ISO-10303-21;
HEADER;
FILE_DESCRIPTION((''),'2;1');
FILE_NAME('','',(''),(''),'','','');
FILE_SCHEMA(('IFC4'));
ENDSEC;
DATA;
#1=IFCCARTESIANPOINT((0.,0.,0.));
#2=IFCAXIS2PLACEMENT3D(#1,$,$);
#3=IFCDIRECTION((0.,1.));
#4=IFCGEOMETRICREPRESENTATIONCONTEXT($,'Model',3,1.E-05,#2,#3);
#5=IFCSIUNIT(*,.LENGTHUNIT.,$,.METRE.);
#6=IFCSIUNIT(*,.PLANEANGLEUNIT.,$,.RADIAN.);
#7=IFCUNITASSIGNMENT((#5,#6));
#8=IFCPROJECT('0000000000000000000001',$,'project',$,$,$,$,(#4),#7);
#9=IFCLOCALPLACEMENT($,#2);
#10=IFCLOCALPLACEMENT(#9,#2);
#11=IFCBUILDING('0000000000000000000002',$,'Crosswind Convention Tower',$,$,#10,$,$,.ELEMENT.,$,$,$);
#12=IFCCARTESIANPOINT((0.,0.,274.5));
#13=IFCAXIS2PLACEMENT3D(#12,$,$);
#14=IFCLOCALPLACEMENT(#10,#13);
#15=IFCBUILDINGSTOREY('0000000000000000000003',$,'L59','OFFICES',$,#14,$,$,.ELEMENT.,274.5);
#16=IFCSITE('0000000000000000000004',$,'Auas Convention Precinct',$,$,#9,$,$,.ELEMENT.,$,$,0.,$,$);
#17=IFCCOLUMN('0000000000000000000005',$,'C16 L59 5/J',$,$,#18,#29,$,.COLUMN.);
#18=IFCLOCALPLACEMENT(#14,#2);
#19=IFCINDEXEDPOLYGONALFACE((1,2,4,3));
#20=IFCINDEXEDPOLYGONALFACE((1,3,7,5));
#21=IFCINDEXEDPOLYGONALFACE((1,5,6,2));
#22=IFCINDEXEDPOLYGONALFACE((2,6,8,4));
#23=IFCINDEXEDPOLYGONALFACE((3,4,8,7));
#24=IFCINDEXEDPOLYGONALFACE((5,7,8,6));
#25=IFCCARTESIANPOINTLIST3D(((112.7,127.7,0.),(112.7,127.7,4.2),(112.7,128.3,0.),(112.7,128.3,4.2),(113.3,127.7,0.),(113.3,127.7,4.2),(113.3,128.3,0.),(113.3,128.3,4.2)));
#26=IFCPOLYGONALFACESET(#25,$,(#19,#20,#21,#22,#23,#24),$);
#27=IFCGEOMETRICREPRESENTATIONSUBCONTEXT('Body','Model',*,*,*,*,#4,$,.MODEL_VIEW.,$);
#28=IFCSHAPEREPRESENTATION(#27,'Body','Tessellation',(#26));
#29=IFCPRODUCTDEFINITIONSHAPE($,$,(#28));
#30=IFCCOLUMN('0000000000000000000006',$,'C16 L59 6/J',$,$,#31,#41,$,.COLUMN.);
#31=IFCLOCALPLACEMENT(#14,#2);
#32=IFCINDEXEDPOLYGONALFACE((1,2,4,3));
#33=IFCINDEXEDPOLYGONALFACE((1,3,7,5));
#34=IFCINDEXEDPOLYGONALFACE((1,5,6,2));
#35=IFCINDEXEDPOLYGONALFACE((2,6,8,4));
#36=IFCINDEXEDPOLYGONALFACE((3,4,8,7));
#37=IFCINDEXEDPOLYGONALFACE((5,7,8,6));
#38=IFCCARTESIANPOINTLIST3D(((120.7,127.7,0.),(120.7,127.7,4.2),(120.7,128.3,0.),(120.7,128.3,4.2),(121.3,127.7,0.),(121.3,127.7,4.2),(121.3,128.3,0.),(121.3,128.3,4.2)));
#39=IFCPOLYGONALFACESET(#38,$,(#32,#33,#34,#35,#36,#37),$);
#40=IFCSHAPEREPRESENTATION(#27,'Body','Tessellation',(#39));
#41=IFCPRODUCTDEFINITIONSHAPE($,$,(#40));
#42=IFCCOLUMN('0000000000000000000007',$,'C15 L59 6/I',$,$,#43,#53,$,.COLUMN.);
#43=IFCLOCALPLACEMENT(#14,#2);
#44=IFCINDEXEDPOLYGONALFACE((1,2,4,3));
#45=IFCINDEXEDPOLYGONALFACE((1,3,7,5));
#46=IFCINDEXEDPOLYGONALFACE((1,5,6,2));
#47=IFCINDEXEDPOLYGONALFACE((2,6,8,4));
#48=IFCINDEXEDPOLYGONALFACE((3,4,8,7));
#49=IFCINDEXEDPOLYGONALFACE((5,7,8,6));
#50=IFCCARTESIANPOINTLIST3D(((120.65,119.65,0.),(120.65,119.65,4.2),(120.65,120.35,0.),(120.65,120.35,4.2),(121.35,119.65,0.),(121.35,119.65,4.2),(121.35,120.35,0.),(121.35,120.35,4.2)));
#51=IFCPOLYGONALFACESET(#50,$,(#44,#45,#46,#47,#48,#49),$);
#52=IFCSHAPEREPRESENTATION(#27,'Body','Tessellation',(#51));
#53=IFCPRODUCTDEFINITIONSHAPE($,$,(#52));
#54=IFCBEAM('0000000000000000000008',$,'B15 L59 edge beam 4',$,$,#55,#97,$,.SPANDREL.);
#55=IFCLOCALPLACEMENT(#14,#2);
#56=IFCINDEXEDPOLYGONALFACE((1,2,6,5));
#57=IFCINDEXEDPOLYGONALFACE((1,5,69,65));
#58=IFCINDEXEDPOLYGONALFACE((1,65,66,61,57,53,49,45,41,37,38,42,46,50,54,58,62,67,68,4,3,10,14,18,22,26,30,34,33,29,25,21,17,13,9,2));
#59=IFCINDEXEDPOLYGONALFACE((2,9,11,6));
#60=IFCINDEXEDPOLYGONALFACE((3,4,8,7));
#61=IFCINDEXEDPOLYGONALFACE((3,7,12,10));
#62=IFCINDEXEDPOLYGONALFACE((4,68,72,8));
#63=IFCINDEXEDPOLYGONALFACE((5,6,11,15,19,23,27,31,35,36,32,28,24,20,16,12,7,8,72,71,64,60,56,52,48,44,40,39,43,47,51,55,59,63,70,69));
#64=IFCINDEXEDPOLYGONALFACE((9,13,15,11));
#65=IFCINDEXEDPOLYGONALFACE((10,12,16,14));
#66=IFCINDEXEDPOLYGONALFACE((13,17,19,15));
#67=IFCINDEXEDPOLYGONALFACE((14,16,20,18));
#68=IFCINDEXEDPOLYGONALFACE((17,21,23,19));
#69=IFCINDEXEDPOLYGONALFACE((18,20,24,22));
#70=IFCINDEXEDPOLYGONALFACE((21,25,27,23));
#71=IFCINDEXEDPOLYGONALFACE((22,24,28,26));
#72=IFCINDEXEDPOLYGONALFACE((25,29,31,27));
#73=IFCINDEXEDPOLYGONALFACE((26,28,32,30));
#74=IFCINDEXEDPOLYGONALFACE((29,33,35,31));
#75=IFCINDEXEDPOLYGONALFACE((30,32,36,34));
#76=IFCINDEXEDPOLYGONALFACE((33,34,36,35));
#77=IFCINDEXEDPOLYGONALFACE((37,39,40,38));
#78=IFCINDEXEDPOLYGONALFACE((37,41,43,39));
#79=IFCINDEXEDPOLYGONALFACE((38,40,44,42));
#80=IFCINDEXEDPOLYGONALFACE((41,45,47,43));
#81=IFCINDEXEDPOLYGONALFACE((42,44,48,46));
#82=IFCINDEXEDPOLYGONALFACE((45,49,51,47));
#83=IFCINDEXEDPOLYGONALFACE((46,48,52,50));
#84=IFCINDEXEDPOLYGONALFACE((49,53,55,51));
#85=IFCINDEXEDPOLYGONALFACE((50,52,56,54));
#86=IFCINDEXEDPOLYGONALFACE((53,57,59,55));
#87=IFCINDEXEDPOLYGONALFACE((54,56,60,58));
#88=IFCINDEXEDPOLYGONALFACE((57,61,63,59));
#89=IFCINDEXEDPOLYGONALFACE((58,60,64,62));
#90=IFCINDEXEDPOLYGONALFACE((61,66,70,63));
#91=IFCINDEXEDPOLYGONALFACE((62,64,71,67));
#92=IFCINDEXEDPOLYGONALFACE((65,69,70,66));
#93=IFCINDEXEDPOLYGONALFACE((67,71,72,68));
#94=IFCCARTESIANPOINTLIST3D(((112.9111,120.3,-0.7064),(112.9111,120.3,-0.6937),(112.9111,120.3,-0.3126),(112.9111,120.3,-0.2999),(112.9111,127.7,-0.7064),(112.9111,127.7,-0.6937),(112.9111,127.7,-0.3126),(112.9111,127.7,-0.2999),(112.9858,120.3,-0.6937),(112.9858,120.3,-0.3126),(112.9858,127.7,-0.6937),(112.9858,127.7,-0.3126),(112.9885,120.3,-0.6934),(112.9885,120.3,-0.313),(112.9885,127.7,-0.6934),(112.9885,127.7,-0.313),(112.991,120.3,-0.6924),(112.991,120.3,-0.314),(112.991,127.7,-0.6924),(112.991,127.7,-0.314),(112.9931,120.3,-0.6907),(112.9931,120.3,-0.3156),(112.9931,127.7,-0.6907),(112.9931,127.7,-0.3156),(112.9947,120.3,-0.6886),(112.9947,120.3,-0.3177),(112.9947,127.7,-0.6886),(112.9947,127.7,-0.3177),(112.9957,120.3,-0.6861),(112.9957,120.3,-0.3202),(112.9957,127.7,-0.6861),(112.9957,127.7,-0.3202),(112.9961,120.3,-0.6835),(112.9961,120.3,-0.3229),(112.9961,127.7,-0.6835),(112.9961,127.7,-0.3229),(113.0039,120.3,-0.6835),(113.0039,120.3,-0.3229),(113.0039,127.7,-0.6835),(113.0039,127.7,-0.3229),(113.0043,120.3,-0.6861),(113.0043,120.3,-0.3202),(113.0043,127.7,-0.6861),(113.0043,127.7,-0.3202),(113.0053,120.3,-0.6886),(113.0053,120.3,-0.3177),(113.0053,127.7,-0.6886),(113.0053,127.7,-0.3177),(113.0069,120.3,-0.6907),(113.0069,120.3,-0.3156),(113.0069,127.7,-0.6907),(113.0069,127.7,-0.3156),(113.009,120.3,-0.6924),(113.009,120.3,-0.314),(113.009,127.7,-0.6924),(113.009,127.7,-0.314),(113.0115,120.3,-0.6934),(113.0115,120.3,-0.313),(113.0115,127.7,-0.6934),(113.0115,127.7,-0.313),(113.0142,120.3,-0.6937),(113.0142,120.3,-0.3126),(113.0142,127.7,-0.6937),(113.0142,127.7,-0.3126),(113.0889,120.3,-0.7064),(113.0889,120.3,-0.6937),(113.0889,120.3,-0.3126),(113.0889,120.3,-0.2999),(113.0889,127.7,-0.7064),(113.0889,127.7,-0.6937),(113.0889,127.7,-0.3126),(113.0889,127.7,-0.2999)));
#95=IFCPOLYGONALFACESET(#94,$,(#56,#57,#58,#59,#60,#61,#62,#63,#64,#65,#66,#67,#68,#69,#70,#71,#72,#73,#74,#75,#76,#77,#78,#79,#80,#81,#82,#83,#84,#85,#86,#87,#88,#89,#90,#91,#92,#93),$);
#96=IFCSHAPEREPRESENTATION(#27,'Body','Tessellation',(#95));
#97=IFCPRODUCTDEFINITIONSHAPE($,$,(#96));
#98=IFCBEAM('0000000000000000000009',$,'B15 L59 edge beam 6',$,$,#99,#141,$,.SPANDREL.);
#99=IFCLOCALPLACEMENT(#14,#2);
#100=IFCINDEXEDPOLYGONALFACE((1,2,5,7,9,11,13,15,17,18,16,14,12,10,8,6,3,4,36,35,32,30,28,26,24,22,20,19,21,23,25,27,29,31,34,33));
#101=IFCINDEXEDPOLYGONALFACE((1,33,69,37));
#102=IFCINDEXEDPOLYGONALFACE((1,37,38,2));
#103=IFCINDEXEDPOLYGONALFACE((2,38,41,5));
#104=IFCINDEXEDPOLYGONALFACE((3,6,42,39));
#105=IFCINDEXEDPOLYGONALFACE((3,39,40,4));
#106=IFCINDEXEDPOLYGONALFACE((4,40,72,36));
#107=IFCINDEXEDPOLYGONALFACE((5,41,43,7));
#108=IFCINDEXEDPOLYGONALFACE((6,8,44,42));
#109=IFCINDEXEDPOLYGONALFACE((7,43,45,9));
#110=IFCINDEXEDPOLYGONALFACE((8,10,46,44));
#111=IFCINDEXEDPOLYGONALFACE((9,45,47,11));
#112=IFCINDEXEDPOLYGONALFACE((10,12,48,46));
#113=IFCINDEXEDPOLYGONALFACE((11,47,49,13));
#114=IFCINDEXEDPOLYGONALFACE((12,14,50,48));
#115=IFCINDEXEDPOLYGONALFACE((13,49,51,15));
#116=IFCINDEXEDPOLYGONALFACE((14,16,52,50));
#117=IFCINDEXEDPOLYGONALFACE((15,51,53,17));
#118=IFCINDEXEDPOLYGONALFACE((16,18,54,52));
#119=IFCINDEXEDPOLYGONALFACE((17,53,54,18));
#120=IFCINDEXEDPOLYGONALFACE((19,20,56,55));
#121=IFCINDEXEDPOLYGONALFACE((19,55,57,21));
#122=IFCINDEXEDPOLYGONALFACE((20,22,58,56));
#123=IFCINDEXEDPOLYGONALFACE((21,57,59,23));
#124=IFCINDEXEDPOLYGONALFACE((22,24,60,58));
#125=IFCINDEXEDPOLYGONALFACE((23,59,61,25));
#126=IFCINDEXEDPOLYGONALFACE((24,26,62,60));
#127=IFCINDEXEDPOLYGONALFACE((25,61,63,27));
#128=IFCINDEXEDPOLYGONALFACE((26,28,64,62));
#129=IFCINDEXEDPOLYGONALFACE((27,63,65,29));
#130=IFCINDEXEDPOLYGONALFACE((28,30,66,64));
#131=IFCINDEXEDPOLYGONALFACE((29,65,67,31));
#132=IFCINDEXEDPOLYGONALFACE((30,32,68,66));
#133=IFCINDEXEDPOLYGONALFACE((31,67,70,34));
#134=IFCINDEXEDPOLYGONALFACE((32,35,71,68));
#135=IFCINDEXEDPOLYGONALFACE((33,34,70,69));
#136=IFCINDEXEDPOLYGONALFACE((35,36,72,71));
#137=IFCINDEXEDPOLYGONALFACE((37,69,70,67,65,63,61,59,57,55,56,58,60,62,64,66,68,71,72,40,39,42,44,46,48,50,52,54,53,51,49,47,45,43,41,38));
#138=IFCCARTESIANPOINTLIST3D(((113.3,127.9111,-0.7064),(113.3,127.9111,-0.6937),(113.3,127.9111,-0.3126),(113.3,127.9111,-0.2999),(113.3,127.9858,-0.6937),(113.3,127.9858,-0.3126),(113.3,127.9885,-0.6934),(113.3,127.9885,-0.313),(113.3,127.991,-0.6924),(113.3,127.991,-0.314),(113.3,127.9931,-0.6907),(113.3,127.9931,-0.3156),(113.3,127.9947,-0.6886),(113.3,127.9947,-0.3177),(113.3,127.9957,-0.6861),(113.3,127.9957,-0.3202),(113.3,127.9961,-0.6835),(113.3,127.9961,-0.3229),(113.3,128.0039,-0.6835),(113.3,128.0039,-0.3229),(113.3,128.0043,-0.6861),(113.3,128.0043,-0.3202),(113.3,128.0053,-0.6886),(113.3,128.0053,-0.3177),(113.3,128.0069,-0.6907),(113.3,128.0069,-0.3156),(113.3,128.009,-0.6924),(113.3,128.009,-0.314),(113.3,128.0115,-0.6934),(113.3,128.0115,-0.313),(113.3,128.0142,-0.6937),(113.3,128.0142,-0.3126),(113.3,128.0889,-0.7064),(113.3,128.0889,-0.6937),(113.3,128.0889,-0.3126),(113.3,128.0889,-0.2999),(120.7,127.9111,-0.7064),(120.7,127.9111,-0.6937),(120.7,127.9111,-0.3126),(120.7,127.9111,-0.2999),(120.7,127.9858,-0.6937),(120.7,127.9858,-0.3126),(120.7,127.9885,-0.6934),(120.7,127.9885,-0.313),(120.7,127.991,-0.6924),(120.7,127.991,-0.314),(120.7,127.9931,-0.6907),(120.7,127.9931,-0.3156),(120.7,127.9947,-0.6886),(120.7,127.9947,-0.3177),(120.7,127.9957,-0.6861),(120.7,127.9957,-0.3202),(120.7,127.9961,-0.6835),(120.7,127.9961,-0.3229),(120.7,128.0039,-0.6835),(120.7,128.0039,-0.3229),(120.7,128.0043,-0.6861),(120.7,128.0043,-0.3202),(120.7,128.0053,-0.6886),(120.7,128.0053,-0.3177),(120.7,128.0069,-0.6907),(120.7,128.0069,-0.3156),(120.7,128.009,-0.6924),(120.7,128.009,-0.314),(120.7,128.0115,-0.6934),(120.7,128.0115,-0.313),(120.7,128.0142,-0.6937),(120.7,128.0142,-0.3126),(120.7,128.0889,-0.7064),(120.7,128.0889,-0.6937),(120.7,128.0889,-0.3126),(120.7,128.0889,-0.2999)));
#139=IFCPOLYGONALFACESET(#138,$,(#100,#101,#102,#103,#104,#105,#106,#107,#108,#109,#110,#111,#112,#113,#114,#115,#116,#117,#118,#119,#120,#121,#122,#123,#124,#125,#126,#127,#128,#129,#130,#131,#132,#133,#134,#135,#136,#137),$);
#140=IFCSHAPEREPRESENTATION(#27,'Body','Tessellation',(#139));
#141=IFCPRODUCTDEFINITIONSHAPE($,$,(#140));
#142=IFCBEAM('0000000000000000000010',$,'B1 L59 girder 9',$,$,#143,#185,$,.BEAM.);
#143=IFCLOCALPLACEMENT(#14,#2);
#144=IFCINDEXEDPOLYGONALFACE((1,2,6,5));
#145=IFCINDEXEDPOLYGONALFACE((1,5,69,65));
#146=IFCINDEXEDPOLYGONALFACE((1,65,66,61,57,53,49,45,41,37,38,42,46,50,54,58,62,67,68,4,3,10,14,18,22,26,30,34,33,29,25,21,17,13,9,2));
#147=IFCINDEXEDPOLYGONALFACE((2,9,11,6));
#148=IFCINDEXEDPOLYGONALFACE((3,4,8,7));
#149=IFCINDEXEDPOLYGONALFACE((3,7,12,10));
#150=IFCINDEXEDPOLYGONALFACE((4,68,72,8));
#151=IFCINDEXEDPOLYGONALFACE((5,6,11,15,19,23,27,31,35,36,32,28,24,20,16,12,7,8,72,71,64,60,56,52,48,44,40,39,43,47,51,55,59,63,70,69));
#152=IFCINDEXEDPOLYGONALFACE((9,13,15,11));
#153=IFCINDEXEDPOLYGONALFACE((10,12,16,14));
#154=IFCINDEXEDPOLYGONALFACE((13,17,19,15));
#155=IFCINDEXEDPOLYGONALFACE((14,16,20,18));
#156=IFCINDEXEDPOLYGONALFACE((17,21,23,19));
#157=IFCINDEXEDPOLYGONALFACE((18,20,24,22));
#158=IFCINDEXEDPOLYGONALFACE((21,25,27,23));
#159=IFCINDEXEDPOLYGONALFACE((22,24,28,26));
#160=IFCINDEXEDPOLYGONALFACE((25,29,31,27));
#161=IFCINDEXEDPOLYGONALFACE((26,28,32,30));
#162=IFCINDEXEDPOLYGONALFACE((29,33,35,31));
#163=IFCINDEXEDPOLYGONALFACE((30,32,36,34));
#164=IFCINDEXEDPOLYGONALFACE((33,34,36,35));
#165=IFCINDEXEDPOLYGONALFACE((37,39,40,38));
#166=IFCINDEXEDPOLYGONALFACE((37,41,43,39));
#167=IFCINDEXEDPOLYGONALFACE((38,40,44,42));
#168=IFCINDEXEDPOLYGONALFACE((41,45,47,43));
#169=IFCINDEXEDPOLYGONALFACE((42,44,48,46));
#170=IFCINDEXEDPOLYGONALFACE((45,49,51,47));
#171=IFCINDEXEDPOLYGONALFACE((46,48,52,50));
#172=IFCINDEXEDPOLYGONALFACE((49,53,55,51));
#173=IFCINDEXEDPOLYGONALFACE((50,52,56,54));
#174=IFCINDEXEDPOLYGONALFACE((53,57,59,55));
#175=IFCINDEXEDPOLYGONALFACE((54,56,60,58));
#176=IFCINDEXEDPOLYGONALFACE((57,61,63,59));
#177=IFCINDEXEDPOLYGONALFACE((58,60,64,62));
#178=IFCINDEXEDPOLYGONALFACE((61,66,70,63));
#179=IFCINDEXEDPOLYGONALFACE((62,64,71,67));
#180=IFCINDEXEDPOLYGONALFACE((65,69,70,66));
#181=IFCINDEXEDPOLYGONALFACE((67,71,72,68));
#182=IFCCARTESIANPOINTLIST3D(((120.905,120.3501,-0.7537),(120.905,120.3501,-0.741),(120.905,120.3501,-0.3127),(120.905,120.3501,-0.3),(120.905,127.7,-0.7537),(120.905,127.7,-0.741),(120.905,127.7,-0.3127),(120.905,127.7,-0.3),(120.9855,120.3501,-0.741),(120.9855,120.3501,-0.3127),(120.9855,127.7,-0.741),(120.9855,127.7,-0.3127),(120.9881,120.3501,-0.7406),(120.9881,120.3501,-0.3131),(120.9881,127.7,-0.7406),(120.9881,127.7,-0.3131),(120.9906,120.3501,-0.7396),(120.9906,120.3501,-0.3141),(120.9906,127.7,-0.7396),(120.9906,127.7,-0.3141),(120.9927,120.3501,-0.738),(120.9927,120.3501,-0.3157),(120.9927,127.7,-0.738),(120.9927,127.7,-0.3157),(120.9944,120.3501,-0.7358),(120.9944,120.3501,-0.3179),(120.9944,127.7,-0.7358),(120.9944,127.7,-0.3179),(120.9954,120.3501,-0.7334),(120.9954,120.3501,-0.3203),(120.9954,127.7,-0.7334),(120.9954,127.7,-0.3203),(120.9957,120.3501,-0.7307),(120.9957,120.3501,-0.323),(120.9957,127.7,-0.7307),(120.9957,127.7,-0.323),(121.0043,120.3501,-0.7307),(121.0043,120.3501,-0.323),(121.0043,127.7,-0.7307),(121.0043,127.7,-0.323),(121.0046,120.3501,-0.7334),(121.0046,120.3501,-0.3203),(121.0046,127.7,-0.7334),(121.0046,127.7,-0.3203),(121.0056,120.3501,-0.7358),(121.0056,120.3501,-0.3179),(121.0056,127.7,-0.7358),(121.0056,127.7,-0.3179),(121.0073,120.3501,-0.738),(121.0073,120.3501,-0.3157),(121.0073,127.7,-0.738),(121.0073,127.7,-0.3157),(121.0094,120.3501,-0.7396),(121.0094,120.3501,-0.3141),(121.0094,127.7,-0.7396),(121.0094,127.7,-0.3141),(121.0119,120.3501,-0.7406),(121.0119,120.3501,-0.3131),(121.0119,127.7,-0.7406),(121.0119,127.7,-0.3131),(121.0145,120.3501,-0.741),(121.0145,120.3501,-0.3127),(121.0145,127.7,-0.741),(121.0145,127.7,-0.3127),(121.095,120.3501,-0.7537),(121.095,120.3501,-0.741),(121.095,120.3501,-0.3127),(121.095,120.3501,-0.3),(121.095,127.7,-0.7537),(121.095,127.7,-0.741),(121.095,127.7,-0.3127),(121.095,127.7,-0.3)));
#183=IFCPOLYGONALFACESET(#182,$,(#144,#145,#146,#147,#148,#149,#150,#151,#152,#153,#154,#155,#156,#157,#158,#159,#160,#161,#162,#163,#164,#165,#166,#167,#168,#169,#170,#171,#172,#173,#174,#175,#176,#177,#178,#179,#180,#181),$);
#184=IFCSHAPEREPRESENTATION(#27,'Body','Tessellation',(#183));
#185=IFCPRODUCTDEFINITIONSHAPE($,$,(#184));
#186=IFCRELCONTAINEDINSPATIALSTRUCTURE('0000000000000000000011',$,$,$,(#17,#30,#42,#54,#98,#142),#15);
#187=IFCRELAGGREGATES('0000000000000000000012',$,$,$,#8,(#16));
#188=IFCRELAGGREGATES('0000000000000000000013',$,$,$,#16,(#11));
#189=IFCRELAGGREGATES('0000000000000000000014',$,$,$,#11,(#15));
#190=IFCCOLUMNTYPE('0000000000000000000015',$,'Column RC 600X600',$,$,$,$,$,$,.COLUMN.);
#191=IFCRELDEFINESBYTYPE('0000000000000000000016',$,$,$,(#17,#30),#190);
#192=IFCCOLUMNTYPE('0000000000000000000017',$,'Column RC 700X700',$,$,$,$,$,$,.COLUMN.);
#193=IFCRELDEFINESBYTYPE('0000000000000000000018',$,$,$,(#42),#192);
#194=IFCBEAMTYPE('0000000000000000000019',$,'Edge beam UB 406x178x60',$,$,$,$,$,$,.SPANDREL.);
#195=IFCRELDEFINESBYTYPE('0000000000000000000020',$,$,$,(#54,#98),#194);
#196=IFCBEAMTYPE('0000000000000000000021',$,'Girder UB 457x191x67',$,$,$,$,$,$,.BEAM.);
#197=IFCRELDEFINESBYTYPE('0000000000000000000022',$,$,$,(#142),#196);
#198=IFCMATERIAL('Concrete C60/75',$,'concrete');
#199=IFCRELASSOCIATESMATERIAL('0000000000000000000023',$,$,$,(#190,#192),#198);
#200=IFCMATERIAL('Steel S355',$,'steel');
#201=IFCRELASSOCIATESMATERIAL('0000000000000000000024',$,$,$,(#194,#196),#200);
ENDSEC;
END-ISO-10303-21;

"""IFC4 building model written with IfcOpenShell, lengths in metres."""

from ifc_helpers import new_model, si_unit, direction, frame, origin, origin_2d, place, context, subcontext, project, spatial, rectangle, i_section, extrude, material, material_profile, profile_set, type_object, element, save


model = new_model("IFC4")

# Units and contexts
model_context = context("Model", 3, precision=1e-05, world=origin(), true_north=direction((0.0, 1.0)))
body_context = subcontext(model_context, "Body", "Model", "MODEL_VIEW")
ifc_project = project(units=[si_unit("LENGTHUNIT", "METRE"), si_unit("PLANEANGLEUNIT", "RADIAN")], contexts=[model_context])

# Site, building, storey
site_placement = place(None, origin())
site = spatial("IfcSite", under=ifc_project, at=site_placement, Name="Auas Convention Precinct", CompositionType="ELEMENT", RefElevation=0.0)
building_placement = place(site_placement, origin())
building = spatial("IfcBuilding", under=site, at=building_placement, Name="Crosswind Convention Tower", CompositionType="ELEMENT")
storey_placement = place(building_placement, frame((0.0, 0.0, 274.5)))
storey = spatial("IfcBuildingStorey", under=building, at=storey_placement, Name="L59", Description="OFFICES", CompositionType="ELEMENT", Elevation=274.5)

# Columns
ifc_material_1 = material(Name="Concrete C60/75", Category="concrete")
ifc_material_profile_1 = material_profile(ifc_material_1, rectangle(XDim=0.6001, YDim=0.6001, at=origin_2d()), Name="RC 600X600")
ifc_profile_set_1 = profile_set([ifc_material_profile_1], Name="Concrete C60/75")
column_type_1 = type_object("IfcColumnType", Name="Column RC 600X600", PredefinedType="COLUMN", material=ifc_profile_set_1)
for number, where, z_axis, x_axis, name in (
    (1, (113.0, 128.0, 0.0), (0.0, 0.0, 1.0), (1.0, 0.0, 0.0), "C16 L59 5/J"),
    (2, (121.0, 128.0, 0.0), (0.0, 0.0, 1.0), (1.0, 0.0, 0.0), "C16 L59 6/J"),
):
    element("IfcColumn", number, at=place(storey_placement, frame(where, z_axis=z_axis, x_axis=x_axis)), inside=storey, type_object=column_type_1, Name=name, PredefinedType="COLUMN", context=body_context, shape_type="SweptSolid", body=[
        extrude(rectangle(XDim=0.6001, YDim=0.6001, at=origin_2d()), origin(), (0.0, 0.0, 1.0), 4.2),
    ])
ifc_material_profile_2 = material_profile(ifc_material_1, rectangle(XDim=0.7, YDim=0.7, at=origin_2d()), Name="RC 700X700")
ifc_profile_set_2 = profile_set([ifc_material_profile_2], Name="Concrete C60/75")
column_type_2 = type_object("IfcColumnType", Name="Column RC 700X700", PredefinedType="COLUMN", material=ifc_profile_set_2)
column_placement = place(storey_placement, frame((121.0, 120.0, 0.0), z_axis=(0.0, 0.0, 1.0), x_axis=(1.0, 0.0, 0.0)))
element("IfcColumn", 3, at=column_placement, inside=storey, type_object=column_type_2, Name="C15 L59 6/I", PredefinedType="COLUMN", context=body_context, shape_type="SweptSolid", body=[
    extrude(rectangle(XDim=0.7, YDim=0.7, at=origin_2d()), origin(), (0.0, 0.0, 1.0), 4.2),
])

# Beams
ifc_material_2 = material(Name="Steel S355", Category="steel")
ifc_material_profile_3 = material_profile(ifc_material_2, i_section(OverallWidth=0.1777, OverallDepth=0.4065, WebThickness=0.0078, FlangeThickness=0.0127, FilletRadius=0.0103, at=origin_2d()), Name="UB 406x178x60")
ifc_profile_set_3 = profile_set([ifc_material_profile_3], Name="Steel S355")
beam_type_1 = type_object("IfcBeamType", Name="Edge beam UB 406x178x60", PredefinedType="SPANDREL", material=ifc_profile_set_3)
for number, where, z_axis, x_axis, name in (
    (4, (113.0, 120.3, -0.5032), (0.0, 1.0, 0.0), (-1.0, 0.0, 0.0), "B15 L59 edge beam 4"),
    (5, (113.3, 128.0, -0.5032), (1.0, 0.0, 0.0), (0.0, 1.0, 0.0), "B15 L59 edge beam 6"),
):
    element("IfcBeam", number, at=place(storey_placement, frame(where, z_axis=z_axis, x_axis=x_axis)), inside=storey, type_object=beam_type_1, Name=name, PredefinedType="SPANDREL", context=body_context, shape_type="SweptSolid", body=[
        extrude(i_section(OverallWidth=0.1777, OverallDepth=0.4065, WebThickness=0.0078, FlangeThickness=0.0127, FilletRadius=0.0103, at=origin_2d()), origin(), (0.0, 0.0, 1.0), 7.3999),
    ])
ifc_material_profile_4 = material_profile(ifc_material_2, i_section(OverallWidth=0.1899, OverallDepth=0.4536, WebThickness=0.0085, FlangeThickness=0.0127, FilletRadius=0.0103, at=origin_2d()), Name="UB 457x191x67")
ifc_profile_set_4 = profile_set([ifc_material_profile_4], Name="Steel S355")
beam_type_2 = type_object("IfcBeamType", Name="Girder UB 457x191x67", PredefinedType="BEAM", material=ifc_profile_set_4)
beam_1_placement = place(storey_placement, frame((121.0, 120.3501, -0.5269), z_axis=(0.0, 1.0, 0.0), x_axis=(-1.0, 0.0, 0.0)))
element("IfcBeam", 6, at=beam_1_placement, inside=storey, type_object=beam_type_2, Name="B1 L59 girder 9", PredefinedType="BEAM", context=body_context, shape_type="SweptSolid", body=[
    extrude(i_section(OverallWidth=0.1899, OverallDepth=0.4536, WebThickness=0.0085, FlangeThickness=0.0127, FilletRadius=0.0103, at=origin_2d()), origin(), (0.0, 0.0, 1.0), 7.3499),
])

save(model, "model.ifc")
